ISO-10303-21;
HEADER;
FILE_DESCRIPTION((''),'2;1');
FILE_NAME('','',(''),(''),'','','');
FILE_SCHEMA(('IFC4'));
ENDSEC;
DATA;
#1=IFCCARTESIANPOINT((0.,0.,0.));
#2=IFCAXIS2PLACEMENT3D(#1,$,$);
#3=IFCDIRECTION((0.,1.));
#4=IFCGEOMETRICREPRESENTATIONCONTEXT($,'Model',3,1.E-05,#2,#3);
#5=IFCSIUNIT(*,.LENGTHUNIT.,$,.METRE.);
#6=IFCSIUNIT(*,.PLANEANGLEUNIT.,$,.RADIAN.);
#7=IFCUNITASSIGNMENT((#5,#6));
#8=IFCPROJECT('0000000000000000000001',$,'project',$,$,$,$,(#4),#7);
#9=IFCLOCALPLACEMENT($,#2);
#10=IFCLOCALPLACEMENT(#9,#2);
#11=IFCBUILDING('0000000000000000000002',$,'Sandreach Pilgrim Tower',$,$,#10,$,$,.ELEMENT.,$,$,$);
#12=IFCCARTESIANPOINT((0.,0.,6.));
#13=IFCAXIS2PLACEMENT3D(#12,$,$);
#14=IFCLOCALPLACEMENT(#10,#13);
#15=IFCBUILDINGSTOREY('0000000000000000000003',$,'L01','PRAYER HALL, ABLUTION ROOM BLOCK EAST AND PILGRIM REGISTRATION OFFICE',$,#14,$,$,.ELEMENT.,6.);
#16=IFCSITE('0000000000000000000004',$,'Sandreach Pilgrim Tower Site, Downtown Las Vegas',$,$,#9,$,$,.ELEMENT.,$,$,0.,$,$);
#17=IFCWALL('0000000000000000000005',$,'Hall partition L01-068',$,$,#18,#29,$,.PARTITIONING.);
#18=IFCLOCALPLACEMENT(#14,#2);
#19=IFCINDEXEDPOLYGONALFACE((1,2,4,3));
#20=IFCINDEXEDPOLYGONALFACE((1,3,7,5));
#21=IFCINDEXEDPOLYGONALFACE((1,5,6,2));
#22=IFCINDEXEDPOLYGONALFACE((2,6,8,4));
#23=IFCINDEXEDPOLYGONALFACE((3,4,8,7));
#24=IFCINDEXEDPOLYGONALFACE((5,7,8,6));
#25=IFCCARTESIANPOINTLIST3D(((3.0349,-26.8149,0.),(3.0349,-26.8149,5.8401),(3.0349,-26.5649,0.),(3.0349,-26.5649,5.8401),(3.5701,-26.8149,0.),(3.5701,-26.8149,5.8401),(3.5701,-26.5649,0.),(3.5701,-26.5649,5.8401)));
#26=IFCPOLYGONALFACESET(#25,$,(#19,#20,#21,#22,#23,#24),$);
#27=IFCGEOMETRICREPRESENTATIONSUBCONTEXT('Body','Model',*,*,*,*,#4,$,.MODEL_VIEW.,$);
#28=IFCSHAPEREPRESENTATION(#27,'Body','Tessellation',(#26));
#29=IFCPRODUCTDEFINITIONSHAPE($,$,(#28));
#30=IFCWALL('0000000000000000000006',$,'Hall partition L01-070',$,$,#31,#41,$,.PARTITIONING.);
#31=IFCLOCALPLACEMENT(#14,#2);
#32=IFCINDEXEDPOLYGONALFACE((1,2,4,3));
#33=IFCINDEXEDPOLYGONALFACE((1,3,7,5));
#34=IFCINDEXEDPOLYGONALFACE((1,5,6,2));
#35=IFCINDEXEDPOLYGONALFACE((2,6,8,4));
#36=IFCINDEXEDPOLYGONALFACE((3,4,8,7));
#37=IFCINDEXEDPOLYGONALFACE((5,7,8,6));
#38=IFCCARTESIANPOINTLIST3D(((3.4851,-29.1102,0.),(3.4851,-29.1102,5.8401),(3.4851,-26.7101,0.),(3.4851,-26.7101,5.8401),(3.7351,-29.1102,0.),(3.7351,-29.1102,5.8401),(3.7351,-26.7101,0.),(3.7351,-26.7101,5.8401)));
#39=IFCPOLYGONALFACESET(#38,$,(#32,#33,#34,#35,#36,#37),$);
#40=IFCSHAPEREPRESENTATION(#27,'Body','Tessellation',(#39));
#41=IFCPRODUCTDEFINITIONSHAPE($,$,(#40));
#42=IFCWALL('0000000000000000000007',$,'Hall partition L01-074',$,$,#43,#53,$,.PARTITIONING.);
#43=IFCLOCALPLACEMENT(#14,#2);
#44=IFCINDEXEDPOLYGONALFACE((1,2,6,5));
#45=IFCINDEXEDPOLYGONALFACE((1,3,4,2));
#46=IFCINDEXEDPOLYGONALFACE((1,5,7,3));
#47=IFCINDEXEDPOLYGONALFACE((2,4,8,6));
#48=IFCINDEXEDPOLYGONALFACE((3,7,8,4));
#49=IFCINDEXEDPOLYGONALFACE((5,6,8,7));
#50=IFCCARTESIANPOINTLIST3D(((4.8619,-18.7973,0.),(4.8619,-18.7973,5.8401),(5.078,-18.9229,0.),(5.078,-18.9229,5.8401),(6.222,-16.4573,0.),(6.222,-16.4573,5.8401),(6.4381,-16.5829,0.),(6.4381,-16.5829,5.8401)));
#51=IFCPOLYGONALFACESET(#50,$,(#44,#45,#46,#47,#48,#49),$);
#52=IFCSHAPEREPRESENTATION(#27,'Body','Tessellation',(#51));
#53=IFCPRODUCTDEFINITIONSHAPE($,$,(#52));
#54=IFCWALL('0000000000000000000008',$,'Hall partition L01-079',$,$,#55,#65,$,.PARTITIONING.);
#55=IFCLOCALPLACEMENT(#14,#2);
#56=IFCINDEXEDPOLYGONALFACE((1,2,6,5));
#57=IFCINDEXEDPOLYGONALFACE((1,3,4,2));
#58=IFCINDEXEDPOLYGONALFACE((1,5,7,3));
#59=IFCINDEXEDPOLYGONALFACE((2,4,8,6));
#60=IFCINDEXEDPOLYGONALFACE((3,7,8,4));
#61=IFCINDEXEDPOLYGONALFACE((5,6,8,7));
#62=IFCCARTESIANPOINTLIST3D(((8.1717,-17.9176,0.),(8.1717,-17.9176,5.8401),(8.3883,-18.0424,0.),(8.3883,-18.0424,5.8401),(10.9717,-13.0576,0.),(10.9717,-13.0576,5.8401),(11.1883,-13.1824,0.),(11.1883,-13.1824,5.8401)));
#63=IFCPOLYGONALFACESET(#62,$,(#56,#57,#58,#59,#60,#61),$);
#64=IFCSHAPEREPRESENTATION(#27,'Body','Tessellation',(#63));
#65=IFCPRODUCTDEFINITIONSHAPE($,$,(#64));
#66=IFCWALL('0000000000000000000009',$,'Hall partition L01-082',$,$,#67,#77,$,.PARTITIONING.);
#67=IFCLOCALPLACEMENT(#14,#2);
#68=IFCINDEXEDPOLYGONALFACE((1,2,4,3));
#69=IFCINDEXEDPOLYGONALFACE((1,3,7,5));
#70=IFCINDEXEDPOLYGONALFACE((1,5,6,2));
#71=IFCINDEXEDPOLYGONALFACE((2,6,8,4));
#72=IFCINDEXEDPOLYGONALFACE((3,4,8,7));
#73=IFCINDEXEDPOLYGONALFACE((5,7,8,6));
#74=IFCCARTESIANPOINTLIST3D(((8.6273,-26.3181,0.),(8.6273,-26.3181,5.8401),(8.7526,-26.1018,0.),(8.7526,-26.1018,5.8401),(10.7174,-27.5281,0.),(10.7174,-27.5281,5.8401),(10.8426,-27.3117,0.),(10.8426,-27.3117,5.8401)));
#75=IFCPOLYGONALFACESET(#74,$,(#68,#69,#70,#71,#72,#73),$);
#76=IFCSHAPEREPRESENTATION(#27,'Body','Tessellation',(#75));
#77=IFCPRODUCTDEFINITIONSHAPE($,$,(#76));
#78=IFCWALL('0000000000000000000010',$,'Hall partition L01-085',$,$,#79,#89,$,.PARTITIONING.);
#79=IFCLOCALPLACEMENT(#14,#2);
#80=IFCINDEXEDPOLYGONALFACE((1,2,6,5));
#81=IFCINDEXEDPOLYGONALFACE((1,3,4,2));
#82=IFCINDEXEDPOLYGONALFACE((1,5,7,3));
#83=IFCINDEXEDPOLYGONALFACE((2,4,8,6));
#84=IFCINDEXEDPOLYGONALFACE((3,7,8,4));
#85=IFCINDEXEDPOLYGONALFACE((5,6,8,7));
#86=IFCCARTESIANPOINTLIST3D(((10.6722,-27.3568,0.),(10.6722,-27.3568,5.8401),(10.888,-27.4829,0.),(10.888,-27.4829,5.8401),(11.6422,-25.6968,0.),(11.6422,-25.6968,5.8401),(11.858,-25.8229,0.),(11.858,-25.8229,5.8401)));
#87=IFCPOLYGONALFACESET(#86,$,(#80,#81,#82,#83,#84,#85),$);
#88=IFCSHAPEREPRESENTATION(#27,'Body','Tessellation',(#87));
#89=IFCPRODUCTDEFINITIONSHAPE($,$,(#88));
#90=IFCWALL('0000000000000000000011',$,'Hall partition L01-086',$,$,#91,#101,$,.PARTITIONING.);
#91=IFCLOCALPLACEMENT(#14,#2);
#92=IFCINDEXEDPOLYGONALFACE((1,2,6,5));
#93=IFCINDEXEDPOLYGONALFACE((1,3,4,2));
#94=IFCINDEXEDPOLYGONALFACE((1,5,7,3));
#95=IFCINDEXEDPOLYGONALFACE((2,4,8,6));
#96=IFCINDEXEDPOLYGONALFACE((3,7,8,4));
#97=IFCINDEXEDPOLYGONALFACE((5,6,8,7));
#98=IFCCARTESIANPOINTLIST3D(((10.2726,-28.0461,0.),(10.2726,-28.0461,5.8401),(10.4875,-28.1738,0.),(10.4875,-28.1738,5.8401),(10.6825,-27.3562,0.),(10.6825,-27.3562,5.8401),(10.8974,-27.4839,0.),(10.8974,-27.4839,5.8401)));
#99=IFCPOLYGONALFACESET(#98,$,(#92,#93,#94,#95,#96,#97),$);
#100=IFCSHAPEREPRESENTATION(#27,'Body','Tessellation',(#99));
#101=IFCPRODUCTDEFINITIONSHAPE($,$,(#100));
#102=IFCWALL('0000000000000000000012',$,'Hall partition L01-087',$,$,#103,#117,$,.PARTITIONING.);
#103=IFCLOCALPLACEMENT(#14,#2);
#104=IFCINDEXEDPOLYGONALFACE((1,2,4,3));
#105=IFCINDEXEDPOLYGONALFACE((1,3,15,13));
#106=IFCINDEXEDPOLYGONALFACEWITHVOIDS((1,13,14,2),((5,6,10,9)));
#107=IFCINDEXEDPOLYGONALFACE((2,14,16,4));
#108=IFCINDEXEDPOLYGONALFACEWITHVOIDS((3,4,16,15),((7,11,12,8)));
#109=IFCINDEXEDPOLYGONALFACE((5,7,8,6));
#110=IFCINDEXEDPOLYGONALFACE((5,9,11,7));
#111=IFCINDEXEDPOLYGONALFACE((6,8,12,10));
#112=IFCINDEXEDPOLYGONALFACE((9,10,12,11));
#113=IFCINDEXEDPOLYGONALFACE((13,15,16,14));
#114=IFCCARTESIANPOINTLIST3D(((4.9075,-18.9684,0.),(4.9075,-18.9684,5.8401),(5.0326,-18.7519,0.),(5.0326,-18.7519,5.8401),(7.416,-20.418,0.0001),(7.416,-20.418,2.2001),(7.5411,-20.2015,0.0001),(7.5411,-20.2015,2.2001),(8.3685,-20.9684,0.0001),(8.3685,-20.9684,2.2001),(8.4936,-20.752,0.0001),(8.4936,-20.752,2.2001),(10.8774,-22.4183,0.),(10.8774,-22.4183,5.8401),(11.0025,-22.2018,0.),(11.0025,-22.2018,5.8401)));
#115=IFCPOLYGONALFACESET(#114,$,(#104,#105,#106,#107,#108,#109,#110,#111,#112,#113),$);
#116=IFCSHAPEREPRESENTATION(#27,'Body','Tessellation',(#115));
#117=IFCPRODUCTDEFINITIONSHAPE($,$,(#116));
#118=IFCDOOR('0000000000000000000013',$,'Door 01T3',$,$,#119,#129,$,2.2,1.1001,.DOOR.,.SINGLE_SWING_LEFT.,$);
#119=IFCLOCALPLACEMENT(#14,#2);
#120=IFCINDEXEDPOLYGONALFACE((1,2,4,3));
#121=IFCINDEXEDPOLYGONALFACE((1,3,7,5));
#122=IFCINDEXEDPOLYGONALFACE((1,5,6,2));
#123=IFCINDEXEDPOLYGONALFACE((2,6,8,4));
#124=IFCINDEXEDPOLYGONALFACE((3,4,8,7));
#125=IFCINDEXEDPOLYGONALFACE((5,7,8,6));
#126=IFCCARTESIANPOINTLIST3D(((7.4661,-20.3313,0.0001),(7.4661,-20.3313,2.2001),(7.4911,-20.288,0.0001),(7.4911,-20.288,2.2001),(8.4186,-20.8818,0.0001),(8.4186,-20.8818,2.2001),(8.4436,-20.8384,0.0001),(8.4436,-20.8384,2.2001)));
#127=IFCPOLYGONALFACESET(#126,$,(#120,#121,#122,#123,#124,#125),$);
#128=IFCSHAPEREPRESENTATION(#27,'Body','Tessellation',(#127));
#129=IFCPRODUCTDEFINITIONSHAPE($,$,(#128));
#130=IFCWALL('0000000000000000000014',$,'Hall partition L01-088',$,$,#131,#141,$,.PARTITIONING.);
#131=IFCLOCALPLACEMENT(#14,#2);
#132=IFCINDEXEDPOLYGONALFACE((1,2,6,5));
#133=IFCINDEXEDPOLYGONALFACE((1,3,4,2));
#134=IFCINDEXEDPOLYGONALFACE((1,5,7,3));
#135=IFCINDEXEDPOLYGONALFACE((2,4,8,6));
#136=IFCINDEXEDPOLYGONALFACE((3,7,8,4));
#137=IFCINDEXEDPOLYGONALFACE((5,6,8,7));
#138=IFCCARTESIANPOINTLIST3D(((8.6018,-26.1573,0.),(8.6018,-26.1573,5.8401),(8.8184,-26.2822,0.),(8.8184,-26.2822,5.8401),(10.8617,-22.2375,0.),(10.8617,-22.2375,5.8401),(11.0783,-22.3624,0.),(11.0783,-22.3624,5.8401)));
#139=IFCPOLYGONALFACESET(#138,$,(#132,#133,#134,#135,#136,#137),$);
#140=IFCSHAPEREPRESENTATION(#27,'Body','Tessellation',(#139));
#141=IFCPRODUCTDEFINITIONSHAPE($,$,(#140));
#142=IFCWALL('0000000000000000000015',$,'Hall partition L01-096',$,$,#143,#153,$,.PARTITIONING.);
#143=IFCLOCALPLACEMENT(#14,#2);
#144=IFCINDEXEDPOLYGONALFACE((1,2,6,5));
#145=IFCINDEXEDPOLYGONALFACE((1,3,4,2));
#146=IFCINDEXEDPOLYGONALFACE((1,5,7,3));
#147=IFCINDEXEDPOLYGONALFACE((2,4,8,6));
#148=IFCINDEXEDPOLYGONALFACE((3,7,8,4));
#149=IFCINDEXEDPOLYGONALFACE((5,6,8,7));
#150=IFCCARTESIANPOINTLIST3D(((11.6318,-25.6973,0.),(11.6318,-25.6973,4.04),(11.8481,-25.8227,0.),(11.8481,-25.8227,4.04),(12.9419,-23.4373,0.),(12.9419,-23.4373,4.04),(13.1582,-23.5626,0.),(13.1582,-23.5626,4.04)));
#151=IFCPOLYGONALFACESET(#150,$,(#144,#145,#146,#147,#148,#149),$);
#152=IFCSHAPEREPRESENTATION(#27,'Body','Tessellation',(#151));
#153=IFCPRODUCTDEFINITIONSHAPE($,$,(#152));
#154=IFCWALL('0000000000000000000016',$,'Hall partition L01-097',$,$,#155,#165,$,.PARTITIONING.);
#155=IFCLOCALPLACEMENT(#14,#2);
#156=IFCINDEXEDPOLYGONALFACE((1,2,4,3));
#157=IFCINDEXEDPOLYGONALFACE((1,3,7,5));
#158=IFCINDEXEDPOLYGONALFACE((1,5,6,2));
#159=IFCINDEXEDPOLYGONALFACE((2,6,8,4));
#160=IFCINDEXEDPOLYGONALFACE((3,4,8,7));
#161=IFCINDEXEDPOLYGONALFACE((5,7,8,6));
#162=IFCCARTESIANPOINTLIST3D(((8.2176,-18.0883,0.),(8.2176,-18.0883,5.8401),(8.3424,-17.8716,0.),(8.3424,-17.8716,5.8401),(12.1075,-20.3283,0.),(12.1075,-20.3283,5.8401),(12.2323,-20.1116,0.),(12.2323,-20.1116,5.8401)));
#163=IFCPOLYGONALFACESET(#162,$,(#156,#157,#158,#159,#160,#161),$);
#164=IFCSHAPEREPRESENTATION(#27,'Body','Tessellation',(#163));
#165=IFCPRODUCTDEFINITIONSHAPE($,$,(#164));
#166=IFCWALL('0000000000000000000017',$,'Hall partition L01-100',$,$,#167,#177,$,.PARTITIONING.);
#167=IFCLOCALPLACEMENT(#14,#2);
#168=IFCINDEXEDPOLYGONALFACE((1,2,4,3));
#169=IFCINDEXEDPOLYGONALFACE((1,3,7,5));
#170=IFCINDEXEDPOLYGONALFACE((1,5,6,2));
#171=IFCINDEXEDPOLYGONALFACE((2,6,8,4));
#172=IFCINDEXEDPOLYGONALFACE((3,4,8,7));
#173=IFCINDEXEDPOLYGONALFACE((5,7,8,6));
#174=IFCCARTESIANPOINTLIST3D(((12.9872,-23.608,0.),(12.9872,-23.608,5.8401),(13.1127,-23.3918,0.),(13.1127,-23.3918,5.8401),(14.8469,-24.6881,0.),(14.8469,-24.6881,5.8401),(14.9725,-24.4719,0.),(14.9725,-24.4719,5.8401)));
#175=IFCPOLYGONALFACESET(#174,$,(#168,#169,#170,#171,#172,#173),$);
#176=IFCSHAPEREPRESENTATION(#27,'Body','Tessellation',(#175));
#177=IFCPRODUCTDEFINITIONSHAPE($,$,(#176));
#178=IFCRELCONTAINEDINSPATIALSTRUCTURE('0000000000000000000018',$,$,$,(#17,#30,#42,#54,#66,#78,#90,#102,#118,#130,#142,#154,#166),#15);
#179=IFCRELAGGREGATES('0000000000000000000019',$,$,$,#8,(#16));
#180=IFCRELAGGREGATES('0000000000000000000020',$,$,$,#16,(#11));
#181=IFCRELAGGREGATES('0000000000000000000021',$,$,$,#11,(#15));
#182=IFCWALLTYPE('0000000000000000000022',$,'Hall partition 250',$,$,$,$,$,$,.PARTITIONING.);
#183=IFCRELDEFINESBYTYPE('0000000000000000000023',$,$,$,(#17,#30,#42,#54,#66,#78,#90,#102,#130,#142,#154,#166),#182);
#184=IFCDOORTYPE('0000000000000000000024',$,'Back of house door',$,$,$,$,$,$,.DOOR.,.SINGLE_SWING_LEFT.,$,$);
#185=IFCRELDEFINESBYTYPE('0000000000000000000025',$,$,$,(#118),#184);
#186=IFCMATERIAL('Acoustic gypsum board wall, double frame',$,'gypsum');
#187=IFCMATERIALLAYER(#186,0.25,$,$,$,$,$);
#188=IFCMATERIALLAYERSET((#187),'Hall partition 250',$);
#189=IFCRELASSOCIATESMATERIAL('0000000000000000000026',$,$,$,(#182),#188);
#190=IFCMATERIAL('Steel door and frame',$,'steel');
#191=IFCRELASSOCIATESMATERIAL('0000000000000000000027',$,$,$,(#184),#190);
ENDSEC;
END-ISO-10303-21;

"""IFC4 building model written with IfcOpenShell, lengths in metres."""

from ifc_helpers import new_model, si_unit, direction, frame, frame_2d, origin, place, context, subcontext, project, spatial, rectangle, extrude, material, layer, layer_set, type_object, element, fill, save


model = new_model("IFC4")

# Units and contexts
model_context = context("Model", 3, precision=1e-05, world=origin(), true_north=direction((0.0, 1.0)))
body_context = subcontext(model_context, "Body", "Model", "MODEL_VIEW")
ifc_project = project(units=[si_unit("LENGTHUNIT", "METRE"), si_unit("PLANEANGLEUNIT", "RADIAN")], contexts=[model_context])

# Site, building, storey
site_placement = place(None, origin())
site = spatial("IfcSite", under=ifc_project, at=site_placement, Name="Sandreach Pilgrim Tower Site, Downtown Las Vegas", CompositionType="ELEMENT", RefElevation=0.0)
building_placement = place(site_placement, origin())
building = spatial("IfcBuilding", under=site, at=building_placement, Name="Sandreach Pilgrim Tower", CompositionType="ELEMENT")
storey_placement = place(building_placement, frame((0.0, 0.0, 6.0)))
storey = spatial("IfcBuildingStorey", under=building, at=storey_placement, Name="L01", Description="PRAYER HALL, ABLUTION ROOM BLOCK EAST AND PILGRIM REGISTRATION OFFICE", CompositionType="ELEMENT", Elevation=6.0)

# Walls
ifc_material_1 = material(Name="Acoustic gypsum board wall, double frame", Category="gypsum")
ifc_layer_1 = layer(ifc_material_1, 0.25)
ifc_layer_set_1 = layer_set([ifc_layer_1], Name="Hall partition 250")
wall_type_1 = type_object("IfcWallType", Name="Hall partition 250", PredefinedType="PARTITIONING", material=ifc_layer_set_1)
wall_1_placement = place(storey_placement, frame((3.0349, -26.6899, 0.0), z_axis=(0.0, 0.0, 1.0), x_axis=(1.0, 0.0, 0.0)))
element("IfcWall", 1, at=wall_1_placement, inside=storey, type_object=wall_type_1, Name="Hall partition L01-068", PredefinedType="PARTITIONING", context=body_context, shape_type="SweptSolid", body=[
    extrude(rectangle(XDim=0.5352, YDim=0.25, at=frame_2d((0.2676, 0.0))), origin(), (0.0, 0.0, 1.0), 5.8401),
])
wall_2_placement = place(storey_placement, frame((3.6101, -26.71, 0.0), z_axis=(0.0, 0.0, 1.0), x_axis=(0.0, -1.0, 0.0)))
element("IfcWall", 2, at=wall_2_placement, inside=storey, type_object=wall_type_1, Name="Hall partition L01-070", PredefinedType="PARTITIONING", context=body_context, shape_type="SweptSolid", body=[
    extrude(rectangle(XDim=2.4001, YDim=0.25, at=frame_2d((1.2002, 0.0))), origin(), (0.0, 0.0, 1.0), 5.8401),
])
wall_3_placement = place(storey_placement, frame((4.97, -18.8601, 0.0), z_axis=(0.0, 0.0, 1.0), x_axis=(0.502508, 0.864573, 0.0)))
element("IfcWall", 3, at=wall_3_placement, inside=storey, type_object=wall_type_1, Name="Hall partition L01-074", PredefinedType="PARTITIONING", context=body_context, shape_type="SweptSolid", body=[
    extrude(rectangle(XDim=2.7065, YDim=0.25, at=frame_2d((1.3533, 0.0))), origin(), (0.0, 0.0, 1.0), 5.8401),
])
wall_4_placement = place(storey_placement, frame((8.28, -17.98, 0.0), z_axis=(0.0, 0.0, 1.0), x_axis=(0.499206, 0.866483, 0.0)))
element("IfcWall", 4, at=wall_4_placement, inside=storey, type_object=wall_type_1, Name="Hall partition L01-079", PredefinedType="PARTITIONING", context=body_context, shape_type="SweptSolid", body=[
    extrude(rectangle(XDim=5.6089, YDim=0.25, at=frame_2d((2.8044, 0.0))), origin(), (0.0, 0.0, 1.0), 5.8401),
])
wall_5_placement = place(storey_placement, frame((8.6899, -26.21, 0.0), z_axis=(0.0, 0.0, 1.0), x_axis=(0.865442, -0.501008, 0.0)))
element("IfcWall", 5, at=wall_5_placement, inside=storey, type_object=wall_type_1, Name="Hall partition L01-082", PredefinedType="PARTITIONING", context=body_context, shape_type="SweptSolid", body=[
    extrude(rectangle(XDim=2.415, YDim=0.25, at=frame_2d((1.2075, 0.0))), origin(), (0.0, 0.0, 1.0), 5.8401),
])
wall_6_placement = place(storey_placement, frame((10.78, -27.4199, 0.0), z_axis=(0.0, 0.0, 1.0), x_axis=(0.504526, 0.863396, 0.0)))
element("IfcWall", 6, at=wall_6_placement, inside=storey, type_object=wall_type_1, Name="Hall partition L01-085", PredefinedType="PARTITIONING", context=body_context, shape_type="SweptSolid", body=[
    extrude(rectangle(XDim=1.9226, YDim=0.25, at=frame_2d((0.9614, 0.0))), origin(), (0.0, 0.0, 1.0), 5.8401),
])
wall_7_placement = place(storey_placement, frame((10.79, -27.4199, 0.0), z_axis=(0.0, 0.0, 1.0), x_axis=(-0.510778, -0.859713, 0.0)))
element("IfcWall", 7, at=wall_7_placement, inside=storey, type_object=wall_type_1, Name="Hall partition L01-086", PredefinedType="PARTITIONING", context=body_context, shape_type="SweptSolid", body=[
    extrude(rectangle(XDim=0.8025, YDim=0.25, at=frame_2d((0.4014, 0.0))), origin(), (0.0, 0.0, 1.0), 5.8401),
])

# Wall, opening, door
wall_8_placement = place(storey_placement, frame((10.9399, -22.3101, 0.0), z_axis=(0.0, 0.0, 1.0), x_axis=(-0.865825, 0.500347, 0.0)))
wall_8 = element("IfcWall", 8, at=wall_8_placement, inside=storey, type_object=wall_type_1, Name="Hall partition L01-087", PredefinedType="PARTITIONING", context=body_context, shape_type="SweptSolid", body=[
    extrude(rectangle(XDim=6.895, YDim=0.25, at=frame_2d((3.4475, 0.0))), origin(), (0.0, 0.0, 1.0), 5.8401),
])
opening_1_placement = place(wall_8_placement, frame((2.8977, 0.0, 0.0)))
opening_1 = element("IfcOpeningElement", 9, at=opening_1_placement, cuts=wall_8, PredefinedType="OPENING", context=body_context, shape_type="SweptSolid", body=[
    extrude(rectangle(XDim=1.1001, YDim=2.2, at=frame_2d((0.55, 1.1001))), frame((0.0, 0.125, 0.0), z_axis=(0.0, -1.0, 0.0), x_axis=(1.0, 0.0, 0.0)), (0.0, 0.0, 1.0), 0.25),
])
ifc_material_2 = material(Name="Steel door and frame", Category="steel")
door_type_1 = type_object("IfcDoorType", Name="Back of house door", OperationType="SINGLE_SWING_LEFT", PredefinedType="DOOR", material=ifc_material_2)
door_1_placement = place(opening_1_placement, origin())
door_1 = element("IfcDoor", 10, at=door_1_placement, inside=storey, type_object=door_type_1, Name="Door 01T3", OperationType="SINGLE_SWING_LEFT", OverallHeight=2.2, OverallWidth=1.1001, PredefinedType="DOOR", context=body_context, shape_type="SweptSolid", body=[
    extrude(rectangle(XDim=1.1001, YDim=2.2, at=frame_2d((0.55, 1.1001))), frame((0.0, 0.0249, 0.0), z_axis=(0.0, -1.0, 0.0), x_axis=(1.0, 0.0, 0.0)), (0.0, 0.0, 1.0), 0.05),
])
fill(opening_1, door_1)

# Walls
wall_9_placement = place(storey_placement, frame((10.97, -22.3, 0.0), z_axis=(0.0, 0.0, 1.0), x_axis=(-0.499476, -0.866327, 0.0)))
element("IfcWall", 11, at=wall_9_placement, inside=storey, type_object=wall_type_1, Name="Hall partition L01-088", PredefinedType="PARTITIONING", context=body_context, shape_type="SweptSolid", body=[
    extrude(rectangle(XDim=4.5247, YDim=0.25, at=frame_2d((2.2622, 0.0))), origin(), (0.0, 0.0, 1.0), 5.8401),
])
wall_10_placement = place(storey_placement, frame((11.74, -25.76, 0.0), z_axis=(0.0, 0.0, 1.0), x_axis=(0.501504, 0.865155, 0.0)))
element("IfcWall", 12, at=wall_10_placement, inside=storey, type_object=wall_type_1, Name="Hall partition L01-096", PredefinedType="PARTITIONING", context=body_context, shape_type="SweptSolid", body=[
    extrude(rectangle(XDim=2.6123, YDim=0.25, at=frame_2d((1.3062, 0.0))), origin(), (0.0, 0.0, 1.0), 4.04),
])
wall_11_placement = place(storey_placement, frame((12.1699, -20.22, 0.0), z_axis=(0.0, 0.0, 1.0), x_axis=(-0.866588, 0.499024, 0.0)))
element("IfcWall", 13, at=wall_11_placement, inside=storey, type_object=wall_type_1, Name="Hall partition L01-097", PredefinedType="PARTITIONING", context=body_context, shape_type="SweptSolid", body=[
    extrude(rectangle(XDim=4.4888, YDim=0.25, at=frame_2d((2.2444, 0.0))), origin(), (0.0, 0.0, 1.0), 5.8401),
])
wall_12_placement = place(storey_placement, frame((13.05, -23.5, 0.0), z_axis=(0.0, 0.0, 1.0), x_axis=(0.864757, -0.50219, 0.0)))
element("IfcWall", 14, at=wall_12_placement, inside=storey, type_object=wall_type_1, Name="Hall partition L01-100", PredefinedType="PARTITIONING", context=body_context, shape_type="SweptSolid", body=[
    extrude(rectangle(XDim=2.1506, YDim=0.25, at=frame_2d((1.0752, 0.0))), origin(), (0.0, 0.0, 1.0), 5.8401),
])

save(model, "model.ifc")
